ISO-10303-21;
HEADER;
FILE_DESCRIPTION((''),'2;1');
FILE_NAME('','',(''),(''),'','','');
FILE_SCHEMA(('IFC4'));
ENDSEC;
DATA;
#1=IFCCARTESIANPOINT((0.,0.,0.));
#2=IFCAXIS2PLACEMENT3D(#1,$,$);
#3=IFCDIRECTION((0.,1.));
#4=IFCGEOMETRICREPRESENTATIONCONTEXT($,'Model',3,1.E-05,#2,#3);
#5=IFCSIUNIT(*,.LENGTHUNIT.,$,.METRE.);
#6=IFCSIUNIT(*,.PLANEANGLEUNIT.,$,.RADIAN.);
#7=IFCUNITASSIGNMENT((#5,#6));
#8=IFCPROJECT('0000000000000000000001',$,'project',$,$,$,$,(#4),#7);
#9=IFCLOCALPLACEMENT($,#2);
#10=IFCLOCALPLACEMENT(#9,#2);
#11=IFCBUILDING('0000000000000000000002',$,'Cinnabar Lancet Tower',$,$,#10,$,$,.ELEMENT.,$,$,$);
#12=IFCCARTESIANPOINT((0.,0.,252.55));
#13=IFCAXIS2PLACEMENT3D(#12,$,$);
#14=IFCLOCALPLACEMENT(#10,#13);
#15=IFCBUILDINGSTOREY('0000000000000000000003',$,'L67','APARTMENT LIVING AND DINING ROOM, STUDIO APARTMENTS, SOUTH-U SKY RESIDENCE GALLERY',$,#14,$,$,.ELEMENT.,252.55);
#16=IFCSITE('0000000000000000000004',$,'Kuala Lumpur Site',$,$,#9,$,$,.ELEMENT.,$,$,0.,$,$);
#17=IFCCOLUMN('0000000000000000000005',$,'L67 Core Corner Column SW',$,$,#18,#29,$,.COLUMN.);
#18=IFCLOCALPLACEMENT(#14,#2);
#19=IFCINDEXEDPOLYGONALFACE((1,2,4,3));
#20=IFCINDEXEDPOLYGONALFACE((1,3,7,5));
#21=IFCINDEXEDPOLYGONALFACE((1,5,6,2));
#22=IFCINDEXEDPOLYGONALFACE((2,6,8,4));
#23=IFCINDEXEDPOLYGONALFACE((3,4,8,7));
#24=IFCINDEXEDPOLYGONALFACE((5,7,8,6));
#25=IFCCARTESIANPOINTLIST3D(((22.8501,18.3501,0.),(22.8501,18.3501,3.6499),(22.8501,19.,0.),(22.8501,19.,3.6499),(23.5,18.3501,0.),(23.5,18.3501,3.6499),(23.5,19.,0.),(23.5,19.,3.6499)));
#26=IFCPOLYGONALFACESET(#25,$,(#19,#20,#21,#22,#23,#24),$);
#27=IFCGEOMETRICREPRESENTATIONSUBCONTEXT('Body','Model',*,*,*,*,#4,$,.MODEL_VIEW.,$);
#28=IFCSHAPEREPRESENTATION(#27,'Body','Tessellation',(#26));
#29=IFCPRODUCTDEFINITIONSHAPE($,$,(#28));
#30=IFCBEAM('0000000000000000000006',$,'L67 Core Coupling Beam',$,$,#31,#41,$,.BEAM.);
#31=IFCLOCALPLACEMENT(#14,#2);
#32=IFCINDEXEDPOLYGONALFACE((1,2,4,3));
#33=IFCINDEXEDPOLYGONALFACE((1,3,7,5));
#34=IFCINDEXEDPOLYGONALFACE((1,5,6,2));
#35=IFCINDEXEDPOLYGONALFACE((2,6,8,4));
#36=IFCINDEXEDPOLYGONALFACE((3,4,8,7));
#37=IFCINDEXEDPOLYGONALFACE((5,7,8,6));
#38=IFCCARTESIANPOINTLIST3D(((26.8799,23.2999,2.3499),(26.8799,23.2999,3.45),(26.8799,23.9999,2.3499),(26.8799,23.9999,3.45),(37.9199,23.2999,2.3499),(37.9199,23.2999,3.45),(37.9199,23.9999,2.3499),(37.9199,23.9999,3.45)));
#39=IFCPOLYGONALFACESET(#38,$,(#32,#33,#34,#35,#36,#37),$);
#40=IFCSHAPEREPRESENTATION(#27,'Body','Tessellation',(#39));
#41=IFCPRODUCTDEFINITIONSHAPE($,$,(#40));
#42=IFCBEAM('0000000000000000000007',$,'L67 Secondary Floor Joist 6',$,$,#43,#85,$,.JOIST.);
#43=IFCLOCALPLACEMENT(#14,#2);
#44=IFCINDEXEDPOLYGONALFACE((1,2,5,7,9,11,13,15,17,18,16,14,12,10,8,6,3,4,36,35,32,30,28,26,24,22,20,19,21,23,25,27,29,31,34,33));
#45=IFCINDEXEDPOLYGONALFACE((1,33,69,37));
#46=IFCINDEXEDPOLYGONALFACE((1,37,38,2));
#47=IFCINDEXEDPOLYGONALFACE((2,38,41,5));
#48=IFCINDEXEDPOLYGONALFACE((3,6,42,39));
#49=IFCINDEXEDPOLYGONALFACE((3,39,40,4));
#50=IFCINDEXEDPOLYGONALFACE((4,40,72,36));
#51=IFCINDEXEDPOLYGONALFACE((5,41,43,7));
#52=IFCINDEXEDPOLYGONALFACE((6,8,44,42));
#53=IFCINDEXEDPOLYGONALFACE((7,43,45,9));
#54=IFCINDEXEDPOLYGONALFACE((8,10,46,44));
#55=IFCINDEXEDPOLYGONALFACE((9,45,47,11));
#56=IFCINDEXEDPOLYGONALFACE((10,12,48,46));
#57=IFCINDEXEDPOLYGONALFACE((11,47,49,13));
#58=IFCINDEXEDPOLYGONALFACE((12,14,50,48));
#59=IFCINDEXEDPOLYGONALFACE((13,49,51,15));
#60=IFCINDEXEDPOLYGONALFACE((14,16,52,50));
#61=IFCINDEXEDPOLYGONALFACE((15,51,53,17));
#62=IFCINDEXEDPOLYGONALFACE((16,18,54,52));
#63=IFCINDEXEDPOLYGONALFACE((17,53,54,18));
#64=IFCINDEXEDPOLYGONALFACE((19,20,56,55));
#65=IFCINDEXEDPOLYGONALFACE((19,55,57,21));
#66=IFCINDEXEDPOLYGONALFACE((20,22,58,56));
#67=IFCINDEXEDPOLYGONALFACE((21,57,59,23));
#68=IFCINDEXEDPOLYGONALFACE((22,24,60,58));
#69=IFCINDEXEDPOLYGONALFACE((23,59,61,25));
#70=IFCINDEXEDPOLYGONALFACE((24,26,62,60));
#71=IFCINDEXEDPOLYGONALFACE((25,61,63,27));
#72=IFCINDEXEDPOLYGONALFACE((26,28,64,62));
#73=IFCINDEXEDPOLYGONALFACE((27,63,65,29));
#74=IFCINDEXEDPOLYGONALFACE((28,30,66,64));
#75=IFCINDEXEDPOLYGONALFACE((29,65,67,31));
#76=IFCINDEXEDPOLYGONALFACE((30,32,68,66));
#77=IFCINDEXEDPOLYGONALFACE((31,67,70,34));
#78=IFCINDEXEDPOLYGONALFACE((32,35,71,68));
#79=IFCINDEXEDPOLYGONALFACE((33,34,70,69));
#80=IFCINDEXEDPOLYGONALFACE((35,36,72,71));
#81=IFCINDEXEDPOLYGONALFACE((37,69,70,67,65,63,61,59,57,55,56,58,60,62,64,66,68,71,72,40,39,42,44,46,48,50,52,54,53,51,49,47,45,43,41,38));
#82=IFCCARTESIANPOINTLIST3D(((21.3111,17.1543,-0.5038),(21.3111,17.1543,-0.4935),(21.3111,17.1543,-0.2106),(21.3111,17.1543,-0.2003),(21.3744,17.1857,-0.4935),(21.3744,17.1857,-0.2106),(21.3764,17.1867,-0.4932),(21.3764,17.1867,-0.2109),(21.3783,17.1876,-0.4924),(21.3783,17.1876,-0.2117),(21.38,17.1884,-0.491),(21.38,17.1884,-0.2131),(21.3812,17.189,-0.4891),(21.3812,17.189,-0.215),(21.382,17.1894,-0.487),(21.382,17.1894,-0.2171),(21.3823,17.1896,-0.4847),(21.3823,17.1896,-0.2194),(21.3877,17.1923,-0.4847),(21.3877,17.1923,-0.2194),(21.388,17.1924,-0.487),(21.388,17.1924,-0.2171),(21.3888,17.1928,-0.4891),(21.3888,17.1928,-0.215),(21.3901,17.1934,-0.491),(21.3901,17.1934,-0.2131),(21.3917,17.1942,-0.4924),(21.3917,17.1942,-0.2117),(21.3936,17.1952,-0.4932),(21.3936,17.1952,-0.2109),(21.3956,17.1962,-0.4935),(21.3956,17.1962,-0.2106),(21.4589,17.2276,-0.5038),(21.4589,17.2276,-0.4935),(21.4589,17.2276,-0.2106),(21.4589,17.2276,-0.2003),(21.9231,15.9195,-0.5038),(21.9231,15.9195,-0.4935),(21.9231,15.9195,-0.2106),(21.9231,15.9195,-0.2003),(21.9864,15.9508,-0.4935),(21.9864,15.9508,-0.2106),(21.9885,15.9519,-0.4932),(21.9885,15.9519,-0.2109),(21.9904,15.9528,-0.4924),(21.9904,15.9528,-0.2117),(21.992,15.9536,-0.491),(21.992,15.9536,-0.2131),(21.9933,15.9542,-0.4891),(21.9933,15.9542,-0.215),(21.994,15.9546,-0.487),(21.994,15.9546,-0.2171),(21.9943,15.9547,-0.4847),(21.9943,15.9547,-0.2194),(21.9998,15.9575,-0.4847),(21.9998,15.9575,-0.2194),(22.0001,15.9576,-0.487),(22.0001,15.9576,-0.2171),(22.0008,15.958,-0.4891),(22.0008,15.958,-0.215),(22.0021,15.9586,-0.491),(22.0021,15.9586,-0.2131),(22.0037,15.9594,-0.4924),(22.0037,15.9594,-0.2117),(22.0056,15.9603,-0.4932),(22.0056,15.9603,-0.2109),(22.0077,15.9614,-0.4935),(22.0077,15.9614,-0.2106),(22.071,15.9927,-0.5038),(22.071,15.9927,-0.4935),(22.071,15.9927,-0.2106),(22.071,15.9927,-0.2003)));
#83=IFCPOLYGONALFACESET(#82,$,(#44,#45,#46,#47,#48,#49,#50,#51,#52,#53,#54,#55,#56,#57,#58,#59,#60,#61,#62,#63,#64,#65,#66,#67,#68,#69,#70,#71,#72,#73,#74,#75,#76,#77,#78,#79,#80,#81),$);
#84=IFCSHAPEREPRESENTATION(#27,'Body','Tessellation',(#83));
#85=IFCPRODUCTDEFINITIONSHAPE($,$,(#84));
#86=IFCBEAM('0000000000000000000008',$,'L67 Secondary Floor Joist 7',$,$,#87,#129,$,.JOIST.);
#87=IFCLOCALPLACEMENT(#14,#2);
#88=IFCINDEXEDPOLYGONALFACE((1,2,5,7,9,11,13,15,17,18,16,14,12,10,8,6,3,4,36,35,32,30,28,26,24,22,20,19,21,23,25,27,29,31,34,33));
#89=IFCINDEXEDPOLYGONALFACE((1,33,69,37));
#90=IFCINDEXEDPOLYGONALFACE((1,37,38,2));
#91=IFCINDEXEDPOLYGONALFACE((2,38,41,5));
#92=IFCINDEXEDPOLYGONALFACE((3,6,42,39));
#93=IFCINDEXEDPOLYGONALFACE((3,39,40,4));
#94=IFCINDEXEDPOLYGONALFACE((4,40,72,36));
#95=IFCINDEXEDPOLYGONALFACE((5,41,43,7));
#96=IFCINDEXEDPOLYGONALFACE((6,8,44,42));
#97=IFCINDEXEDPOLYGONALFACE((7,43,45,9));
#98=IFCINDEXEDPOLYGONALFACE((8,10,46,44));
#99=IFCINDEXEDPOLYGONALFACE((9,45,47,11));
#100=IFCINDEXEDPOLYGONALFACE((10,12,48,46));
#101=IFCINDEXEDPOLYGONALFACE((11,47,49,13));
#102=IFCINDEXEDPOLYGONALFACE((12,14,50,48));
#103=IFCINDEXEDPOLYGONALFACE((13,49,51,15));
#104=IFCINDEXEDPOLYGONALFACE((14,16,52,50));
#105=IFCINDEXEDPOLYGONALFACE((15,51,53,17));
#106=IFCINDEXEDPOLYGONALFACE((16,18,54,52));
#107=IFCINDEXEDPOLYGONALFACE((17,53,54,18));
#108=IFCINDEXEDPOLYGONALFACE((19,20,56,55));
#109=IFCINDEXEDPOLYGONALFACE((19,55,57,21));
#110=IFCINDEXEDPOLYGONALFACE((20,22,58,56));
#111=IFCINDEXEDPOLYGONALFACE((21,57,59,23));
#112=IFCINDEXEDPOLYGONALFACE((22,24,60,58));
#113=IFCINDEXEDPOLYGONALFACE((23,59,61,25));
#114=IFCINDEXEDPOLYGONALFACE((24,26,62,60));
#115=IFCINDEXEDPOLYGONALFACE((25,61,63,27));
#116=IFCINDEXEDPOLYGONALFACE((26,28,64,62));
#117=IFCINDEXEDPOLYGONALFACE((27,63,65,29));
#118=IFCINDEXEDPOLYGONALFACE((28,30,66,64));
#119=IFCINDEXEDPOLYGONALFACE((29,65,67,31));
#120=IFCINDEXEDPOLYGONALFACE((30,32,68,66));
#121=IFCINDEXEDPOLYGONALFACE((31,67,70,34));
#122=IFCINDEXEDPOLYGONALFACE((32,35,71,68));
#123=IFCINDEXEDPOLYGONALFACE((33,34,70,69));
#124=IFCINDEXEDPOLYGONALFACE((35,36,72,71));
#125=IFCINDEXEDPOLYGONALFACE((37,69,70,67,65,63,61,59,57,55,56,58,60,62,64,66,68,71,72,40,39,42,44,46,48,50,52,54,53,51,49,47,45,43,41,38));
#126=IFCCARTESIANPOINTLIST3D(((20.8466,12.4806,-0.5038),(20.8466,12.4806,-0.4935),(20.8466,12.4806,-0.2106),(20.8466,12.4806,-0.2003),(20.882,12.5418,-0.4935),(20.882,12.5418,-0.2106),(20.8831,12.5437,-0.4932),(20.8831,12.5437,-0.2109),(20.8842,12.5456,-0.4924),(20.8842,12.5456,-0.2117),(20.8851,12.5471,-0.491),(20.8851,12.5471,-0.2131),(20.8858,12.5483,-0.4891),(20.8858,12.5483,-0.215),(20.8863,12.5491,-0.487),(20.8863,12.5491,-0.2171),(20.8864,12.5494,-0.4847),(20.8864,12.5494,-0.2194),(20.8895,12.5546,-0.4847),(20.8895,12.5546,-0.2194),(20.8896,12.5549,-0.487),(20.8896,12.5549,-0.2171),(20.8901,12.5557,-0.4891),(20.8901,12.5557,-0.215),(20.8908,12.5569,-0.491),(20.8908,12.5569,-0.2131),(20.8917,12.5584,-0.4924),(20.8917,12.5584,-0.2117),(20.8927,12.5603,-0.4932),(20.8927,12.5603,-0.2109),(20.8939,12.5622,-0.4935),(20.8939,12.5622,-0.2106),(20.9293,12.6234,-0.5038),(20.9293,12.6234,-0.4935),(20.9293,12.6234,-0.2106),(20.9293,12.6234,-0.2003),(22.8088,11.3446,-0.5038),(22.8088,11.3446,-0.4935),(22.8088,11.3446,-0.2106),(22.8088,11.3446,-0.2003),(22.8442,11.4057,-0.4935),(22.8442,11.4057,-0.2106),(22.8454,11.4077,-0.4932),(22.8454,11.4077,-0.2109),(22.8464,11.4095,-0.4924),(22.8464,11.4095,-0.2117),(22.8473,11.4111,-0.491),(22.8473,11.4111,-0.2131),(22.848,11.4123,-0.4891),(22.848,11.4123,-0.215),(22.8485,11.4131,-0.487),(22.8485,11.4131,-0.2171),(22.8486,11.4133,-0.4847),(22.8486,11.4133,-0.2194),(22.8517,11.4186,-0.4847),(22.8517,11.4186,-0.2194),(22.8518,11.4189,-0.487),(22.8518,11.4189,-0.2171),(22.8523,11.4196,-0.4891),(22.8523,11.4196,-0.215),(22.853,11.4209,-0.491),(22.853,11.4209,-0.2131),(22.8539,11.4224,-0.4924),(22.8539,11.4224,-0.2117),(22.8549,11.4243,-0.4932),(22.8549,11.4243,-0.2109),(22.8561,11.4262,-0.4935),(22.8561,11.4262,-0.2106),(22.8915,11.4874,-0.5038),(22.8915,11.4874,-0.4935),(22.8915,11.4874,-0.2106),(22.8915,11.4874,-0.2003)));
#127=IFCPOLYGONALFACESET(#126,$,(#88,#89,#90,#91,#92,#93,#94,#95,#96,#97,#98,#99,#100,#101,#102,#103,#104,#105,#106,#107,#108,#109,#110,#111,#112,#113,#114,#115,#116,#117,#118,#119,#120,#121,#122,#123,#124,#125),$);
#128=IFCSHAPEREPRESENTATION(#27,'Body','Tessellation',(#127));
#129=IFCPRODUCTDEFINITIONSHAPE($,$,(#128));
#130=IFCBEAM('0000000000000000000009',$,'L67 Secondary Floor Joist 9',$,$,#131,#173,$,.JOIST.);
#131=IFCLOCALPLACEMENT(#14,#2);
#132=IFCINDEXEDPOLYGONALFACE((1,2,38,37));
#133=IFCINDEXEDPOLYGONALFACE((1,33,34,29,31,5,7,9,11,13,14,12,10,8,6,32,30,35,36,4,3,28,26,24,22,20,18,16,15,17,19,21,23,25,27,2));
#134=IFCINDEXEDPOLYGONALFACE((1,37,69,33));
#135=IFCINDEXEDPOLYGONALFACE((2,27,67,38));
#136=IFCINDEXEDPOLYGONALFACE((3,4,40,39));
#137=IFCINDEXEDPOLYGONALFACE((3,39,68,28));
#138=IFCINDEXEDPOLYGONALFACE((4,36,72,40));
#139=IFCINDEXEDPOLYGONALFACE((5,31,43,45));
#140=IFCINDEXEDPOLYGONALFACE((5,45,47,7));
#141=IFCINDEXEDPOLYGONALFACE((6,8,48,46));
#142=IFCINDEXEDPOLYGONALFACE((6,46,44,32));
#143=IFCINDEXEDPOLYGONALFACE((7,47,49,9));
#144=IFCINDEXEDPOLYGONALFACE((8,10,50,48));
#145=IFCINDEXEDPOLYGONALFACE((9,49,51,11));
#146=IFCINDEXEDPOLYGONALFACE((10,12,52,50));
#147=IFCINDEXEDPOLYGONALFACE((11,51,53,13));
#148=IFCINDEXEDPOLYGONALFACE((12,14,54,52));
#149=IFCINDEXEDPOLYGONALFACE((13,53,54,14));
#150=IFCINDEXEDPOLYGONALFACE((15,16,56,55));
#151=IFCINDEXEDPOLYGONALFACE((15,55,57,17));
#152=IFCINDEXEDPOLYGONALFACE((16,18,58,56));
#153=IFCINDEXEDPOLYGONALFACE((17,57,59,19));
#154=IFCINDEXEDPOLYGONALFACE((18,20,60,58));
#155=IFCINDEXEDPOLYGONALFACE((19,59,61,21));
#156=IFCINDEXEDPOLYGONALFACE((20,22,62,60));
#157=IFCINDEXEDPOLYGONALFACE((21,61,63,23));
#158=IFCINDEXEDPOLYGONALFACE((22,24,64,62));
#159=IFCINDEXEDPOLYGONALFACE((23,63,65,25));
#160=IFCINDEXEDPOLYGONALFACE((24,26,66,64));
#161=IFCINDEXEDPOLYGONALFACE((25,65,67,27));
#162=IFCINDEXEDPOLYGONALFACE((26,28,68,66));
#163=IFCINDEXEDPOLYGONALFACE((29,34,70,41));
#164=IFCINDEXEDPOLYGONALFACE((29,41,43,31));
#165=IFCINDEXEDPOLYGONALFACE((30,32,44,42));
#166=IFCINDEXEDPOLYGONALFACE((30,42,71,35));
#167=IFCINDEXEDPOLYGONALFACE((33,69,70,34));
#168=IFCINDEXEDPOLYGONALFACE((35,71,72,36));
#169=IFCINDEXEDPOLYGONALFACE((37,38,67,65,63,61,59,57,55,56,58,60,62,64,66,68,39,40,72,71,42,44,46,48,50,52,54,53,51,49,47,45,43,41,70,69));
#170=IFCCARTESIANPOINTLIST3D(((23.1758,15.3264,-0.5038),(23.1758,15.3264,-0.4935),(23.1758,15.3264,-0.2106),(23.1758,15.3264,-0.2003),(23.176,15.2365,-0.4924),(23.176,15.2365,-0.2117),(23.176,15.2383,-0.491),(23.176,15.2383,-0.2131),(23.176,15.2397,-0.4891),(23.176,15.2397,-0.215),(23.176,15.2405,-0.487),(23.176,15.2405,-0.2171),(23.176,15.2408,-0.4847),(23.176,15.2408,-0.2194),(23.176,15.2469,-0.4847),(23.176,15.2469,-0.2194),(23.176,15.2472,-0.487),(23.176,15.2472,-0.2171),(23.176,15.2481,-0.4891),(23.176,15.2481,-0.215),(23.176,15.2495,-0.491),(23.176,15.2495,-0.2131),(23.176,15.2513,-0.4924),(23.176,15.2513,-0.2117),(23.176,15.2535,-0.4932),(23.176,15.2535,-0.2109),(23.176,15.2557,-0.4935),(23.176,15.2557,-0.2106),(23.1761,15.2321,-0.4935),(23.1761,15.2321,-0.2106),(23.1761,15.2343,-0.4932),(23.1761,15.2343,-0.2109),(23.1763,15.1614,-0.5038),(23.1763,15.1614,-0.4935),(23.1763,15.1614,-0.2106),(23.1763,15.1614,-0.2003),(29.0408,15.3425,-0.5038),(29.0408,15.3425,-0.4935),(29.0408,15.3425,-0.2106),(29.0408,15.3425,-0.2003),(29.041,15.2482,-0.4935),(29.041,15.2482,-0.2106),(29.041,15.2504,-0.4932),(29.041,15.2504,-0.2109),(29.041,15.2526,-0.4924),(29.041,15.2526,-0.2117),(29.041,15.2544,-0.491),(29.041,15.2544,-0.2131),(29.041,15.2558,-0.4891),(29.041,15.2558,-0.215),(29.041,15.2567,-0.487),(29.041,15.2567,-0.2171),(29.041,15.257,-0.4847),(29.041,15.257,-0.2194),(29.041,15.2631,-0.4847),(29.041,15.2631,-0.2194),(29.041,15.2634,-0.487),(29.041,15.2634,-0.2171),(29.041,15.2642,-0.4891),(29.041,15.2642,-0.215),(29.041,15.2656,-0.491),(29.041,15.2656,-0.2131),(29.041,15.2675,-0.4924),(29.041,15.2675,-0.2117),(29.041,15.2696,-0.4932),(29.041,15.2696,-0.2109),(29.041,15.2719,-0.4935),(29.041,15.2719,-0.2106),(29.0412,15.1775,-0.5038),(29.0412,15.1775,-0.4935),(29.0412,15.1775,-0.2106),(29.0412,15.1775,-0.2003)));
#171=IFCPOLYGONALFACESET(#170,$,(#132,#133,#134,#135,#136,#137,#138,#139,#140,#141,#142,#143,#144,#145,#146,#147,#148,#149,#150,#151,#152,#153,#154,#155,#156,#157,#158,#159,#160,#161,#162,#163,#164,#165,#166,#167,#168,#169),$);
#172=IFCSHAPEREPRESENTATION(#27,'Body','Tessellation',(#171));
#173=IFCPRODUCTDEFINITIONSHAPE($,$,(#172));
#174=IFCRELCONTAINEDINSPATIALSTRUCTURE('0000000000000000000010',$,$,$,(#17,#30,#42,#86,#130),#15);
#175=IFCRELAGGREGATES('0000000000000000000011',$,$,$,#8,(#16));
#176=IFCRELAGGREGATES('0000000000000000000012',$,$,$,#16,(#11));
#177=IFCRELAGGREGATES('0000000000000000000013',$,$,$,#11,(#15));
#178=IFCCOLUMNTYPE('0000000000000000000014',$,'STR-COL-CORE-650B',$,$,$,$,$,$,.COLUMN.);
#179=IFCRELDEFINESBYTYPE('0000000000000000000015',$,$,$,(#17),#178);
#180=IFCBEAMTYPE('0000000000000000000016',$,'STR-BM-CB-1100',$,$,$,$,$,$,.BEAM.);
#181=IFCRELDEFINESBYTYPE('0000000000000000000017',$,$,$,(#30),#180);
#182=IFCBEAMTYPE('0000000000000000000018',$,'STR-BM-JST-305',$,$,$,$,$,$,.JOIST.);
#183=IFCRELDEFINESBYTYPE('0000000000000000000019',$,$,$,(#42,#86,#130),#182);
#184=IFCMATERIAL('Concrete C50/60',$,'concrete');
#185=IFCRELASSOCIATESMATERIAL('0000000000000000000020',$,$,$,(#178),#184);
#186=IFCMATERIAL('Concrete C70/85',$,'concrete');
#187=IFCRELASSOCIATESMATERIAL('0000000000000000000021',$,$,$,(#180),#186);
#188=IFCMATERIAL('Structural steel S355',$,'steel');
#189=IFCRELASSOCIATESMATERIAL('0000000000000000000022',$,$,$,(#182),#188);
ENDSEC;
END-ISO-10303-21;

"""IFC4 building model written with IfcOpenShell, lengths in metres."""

from ifc_helpers import new_model, si_unit, direction, frame, origin, origin_2d, place, context, subcontext, project, spatial, rectangle, i_section, extrude, material, material_profile, profile_set, type_object, element, save


model = new_model("IFC4")

# Units and contexts
model_context = context("Model", 3, precision=1e-05, world=origin(), true_north=direction((0.0, 1.0)))
body_context = subcontext(model_context, "Body", "Model", "MODEL_VIEW")
ifc_project = project(units=[si_unit("LENGTHUNIT", "METRE"), si_unit("PLANEANGLEUNIT", "RADIAN")], contexts=[model_context])

# Site, building, storey
site_placement = place(None, origin())
site = spatial("IfcSite", under=ifc_project, at=site_placement, Name="Kuala Lumpur Site", CompositionType="ELEMENT", RefElevation=0.0)
building_placement = place(site_placement, origin())
building = spatial("IfcBuilding", under=site, at=building_placement, Name="Cinnabar Lancet Tower", CompositionType="ELEMENT")
storey_placement = place(building_placement, frame((0.0, 0.0, 252.55)))
storey = spatial("IfcBuildingStorey", under=building, at=storey_placement, Name="L67", Description="APARTMENT LIVING AND DINING ROOM, STUDIO APARTMENTS, SOUTH-U SKY RESIDENCE GALLERY", CompositionType="ELEMENT", Elevation=252.55)

# Column
ifc_material_1 = material(Name="Concrete C50/60", Category="concrete")
ifc_material_profile_1 = material_profile(ifc_material_1, rectangle(XDim=0.6499, YDim=0.6499, at=origin_2d()), Name="RC-COL 650x650")
ifc_profile_set_1 = profile_set([ifc_material_profile_1], Name="Concrete C50/60")
column_type = type_object("IfcColumnType", Name="STR-COL-CORE-650B", PredefinedType="COLUMN", material=ifc_profile_set_1)
column_placement = place(storey_placement, frame((23.175, 18.675, 0.0), z_axis=(0.0, 0.0, 1.0), x_axis=(1.0, 0.0, 0.0)))
element("IfcColumn", 1, at=column_placement, inside=storey, type_object=column_type, Name="L67 Core Corner Column SW", PredefinedType="COLUMN", context=body_context, shape_type="SweptSolid", body=[
    extrude(rectangle(XDim=0.6499, YDim=0.6499, at=origin_2d()), origin(), (0.0, 0.0, 1.0), 3.6499),
])

# Beams
ifc_material_2 = material(Name="Concrete C70/85", Category="concrete")
ifc_material_profile_2 = material_profile(ifc_material_2, rectangle(XDim=0.7, YDim=1.1001, at=origin_2d()), Name="RC-CB 700x1100")
ifc_profile_set_2 = profile_set([ifc_material_profile_2], Name="Concrete C70/85")
beam_type_1 = type_object("IfcBeamType", Name="STR-BM-CB-1100", PredefinedType="BEAM", material=ifc_profile_set_2)
beam_1_placement = place(storey_placement, frame((26.8799, 23.6499, 2.8999), z_axis=(1.0, 0.0, 0.0), x_axis=(0.0, 1.0, 0.0)))
element("IfcBeam", 2, at=beam_1_placement, inside=storey, type_object=beam_type_1, Name="L67 Core Coupling Beam", PredefinedType="BEAM", context=body_context, shape_type="SweptSolid", body=[
    extrude(rectangle(XDim=0.7, YDim=1.1001, at=origin_2d()), origin(), (0.0, 0.0, 1.0), 11.04),
])
ifc_material_3 = material(Name="Structural steel S355", Category="steel")
ifc_material_profile_3 = material_profile(ifc_material_3, i_section(OverallWidth=0.165, OverallDepth=0.3035, WebThickness=0.0061, FlangeThickness=0.0103, FilletRadius=0.0088, at=origin_2d()), Name="UKB 305x165x40")
ifc_profile_set_3 = profile_set([ifc_material_profile_3], Name="Structural steel S355")
beam_type_2 = type_object("IfcBeamType", Name="STR-BM-JST-305", PredefinedType="JOIST", material=ifc_profile_set_3)
beam_2_placement = place(storey_placement, frame((21.385, 17.1909, -0.3521), z_axis=(0.444093, -0.895981, 0.0), x_axis=(0.895981, 0.444093, 0.0)))
element("IfcBeam", 3, at=beam_2_placement, inside=storey, type_object=beam_type_2, Name="L67 Secondary Floor Joist 6", PredefinedType="JOIST", context=body_context, shape_type="SweptSolid", body=[
    extrude(i_section(OverallWidth=0.165, OverallDepth=0.3035, WebThickness=0.0061, FlangeThickness=0.0103, FilletRadius=0.0088, at=origin_2d()), origin(), (0.0, 0.0, 1.0), 1.3782),
])
beam_3_placement = place(storey_placement, frame((20.8879, 12.552, -0.3521), z_axis=(0.865426, -0.501036, 0.0), x_axis=(0.501036, 0.865426, 0.0)))
element("IfcBeam", 4, at=beam_3_placement, inside=storey, type_object=beam_type_2, Name="L67 Secondary Floor Joist 7", PredefinedType="JOIST", context=body_context, shape_type="SweptSolid", body=[
    extrude(i_section(OverallWidth=0.165, OverallDepth=0.3035, WebThickness=0.0061, FlangeThickness=0.0103, FilletRadius=0.0088, at=origin_2d()), origin(), (0.0, 0.0, 1.0), 2.2673),
])
beam_4_placement = place(storey_placement, frame((23.176, 15.2439, -0.3521), z_axis=(0.999996, 0.002747, 0.0), x_axis=(-0.002747, 0.999996, 0.0)))
element("IfcBeam", 5, at=beam_4_placement, inside=storey, type_object=beam_type_2, Name="L67 Secondary Floor Joist 9", PredefinedType="JOIST", context=body_context, shape_type="SweptSolid", body=[
    extrude(i_section(OverallWidth=0.165, OverallDepth=0.3035, WebThickness=0.0061, FlangeThickness=0.0103, FilletRadius=0.0088, at=origin_2d()), origin(), (0.0, 0.0, 1.0), 5.865),
])

save(model, "model.ifc")
